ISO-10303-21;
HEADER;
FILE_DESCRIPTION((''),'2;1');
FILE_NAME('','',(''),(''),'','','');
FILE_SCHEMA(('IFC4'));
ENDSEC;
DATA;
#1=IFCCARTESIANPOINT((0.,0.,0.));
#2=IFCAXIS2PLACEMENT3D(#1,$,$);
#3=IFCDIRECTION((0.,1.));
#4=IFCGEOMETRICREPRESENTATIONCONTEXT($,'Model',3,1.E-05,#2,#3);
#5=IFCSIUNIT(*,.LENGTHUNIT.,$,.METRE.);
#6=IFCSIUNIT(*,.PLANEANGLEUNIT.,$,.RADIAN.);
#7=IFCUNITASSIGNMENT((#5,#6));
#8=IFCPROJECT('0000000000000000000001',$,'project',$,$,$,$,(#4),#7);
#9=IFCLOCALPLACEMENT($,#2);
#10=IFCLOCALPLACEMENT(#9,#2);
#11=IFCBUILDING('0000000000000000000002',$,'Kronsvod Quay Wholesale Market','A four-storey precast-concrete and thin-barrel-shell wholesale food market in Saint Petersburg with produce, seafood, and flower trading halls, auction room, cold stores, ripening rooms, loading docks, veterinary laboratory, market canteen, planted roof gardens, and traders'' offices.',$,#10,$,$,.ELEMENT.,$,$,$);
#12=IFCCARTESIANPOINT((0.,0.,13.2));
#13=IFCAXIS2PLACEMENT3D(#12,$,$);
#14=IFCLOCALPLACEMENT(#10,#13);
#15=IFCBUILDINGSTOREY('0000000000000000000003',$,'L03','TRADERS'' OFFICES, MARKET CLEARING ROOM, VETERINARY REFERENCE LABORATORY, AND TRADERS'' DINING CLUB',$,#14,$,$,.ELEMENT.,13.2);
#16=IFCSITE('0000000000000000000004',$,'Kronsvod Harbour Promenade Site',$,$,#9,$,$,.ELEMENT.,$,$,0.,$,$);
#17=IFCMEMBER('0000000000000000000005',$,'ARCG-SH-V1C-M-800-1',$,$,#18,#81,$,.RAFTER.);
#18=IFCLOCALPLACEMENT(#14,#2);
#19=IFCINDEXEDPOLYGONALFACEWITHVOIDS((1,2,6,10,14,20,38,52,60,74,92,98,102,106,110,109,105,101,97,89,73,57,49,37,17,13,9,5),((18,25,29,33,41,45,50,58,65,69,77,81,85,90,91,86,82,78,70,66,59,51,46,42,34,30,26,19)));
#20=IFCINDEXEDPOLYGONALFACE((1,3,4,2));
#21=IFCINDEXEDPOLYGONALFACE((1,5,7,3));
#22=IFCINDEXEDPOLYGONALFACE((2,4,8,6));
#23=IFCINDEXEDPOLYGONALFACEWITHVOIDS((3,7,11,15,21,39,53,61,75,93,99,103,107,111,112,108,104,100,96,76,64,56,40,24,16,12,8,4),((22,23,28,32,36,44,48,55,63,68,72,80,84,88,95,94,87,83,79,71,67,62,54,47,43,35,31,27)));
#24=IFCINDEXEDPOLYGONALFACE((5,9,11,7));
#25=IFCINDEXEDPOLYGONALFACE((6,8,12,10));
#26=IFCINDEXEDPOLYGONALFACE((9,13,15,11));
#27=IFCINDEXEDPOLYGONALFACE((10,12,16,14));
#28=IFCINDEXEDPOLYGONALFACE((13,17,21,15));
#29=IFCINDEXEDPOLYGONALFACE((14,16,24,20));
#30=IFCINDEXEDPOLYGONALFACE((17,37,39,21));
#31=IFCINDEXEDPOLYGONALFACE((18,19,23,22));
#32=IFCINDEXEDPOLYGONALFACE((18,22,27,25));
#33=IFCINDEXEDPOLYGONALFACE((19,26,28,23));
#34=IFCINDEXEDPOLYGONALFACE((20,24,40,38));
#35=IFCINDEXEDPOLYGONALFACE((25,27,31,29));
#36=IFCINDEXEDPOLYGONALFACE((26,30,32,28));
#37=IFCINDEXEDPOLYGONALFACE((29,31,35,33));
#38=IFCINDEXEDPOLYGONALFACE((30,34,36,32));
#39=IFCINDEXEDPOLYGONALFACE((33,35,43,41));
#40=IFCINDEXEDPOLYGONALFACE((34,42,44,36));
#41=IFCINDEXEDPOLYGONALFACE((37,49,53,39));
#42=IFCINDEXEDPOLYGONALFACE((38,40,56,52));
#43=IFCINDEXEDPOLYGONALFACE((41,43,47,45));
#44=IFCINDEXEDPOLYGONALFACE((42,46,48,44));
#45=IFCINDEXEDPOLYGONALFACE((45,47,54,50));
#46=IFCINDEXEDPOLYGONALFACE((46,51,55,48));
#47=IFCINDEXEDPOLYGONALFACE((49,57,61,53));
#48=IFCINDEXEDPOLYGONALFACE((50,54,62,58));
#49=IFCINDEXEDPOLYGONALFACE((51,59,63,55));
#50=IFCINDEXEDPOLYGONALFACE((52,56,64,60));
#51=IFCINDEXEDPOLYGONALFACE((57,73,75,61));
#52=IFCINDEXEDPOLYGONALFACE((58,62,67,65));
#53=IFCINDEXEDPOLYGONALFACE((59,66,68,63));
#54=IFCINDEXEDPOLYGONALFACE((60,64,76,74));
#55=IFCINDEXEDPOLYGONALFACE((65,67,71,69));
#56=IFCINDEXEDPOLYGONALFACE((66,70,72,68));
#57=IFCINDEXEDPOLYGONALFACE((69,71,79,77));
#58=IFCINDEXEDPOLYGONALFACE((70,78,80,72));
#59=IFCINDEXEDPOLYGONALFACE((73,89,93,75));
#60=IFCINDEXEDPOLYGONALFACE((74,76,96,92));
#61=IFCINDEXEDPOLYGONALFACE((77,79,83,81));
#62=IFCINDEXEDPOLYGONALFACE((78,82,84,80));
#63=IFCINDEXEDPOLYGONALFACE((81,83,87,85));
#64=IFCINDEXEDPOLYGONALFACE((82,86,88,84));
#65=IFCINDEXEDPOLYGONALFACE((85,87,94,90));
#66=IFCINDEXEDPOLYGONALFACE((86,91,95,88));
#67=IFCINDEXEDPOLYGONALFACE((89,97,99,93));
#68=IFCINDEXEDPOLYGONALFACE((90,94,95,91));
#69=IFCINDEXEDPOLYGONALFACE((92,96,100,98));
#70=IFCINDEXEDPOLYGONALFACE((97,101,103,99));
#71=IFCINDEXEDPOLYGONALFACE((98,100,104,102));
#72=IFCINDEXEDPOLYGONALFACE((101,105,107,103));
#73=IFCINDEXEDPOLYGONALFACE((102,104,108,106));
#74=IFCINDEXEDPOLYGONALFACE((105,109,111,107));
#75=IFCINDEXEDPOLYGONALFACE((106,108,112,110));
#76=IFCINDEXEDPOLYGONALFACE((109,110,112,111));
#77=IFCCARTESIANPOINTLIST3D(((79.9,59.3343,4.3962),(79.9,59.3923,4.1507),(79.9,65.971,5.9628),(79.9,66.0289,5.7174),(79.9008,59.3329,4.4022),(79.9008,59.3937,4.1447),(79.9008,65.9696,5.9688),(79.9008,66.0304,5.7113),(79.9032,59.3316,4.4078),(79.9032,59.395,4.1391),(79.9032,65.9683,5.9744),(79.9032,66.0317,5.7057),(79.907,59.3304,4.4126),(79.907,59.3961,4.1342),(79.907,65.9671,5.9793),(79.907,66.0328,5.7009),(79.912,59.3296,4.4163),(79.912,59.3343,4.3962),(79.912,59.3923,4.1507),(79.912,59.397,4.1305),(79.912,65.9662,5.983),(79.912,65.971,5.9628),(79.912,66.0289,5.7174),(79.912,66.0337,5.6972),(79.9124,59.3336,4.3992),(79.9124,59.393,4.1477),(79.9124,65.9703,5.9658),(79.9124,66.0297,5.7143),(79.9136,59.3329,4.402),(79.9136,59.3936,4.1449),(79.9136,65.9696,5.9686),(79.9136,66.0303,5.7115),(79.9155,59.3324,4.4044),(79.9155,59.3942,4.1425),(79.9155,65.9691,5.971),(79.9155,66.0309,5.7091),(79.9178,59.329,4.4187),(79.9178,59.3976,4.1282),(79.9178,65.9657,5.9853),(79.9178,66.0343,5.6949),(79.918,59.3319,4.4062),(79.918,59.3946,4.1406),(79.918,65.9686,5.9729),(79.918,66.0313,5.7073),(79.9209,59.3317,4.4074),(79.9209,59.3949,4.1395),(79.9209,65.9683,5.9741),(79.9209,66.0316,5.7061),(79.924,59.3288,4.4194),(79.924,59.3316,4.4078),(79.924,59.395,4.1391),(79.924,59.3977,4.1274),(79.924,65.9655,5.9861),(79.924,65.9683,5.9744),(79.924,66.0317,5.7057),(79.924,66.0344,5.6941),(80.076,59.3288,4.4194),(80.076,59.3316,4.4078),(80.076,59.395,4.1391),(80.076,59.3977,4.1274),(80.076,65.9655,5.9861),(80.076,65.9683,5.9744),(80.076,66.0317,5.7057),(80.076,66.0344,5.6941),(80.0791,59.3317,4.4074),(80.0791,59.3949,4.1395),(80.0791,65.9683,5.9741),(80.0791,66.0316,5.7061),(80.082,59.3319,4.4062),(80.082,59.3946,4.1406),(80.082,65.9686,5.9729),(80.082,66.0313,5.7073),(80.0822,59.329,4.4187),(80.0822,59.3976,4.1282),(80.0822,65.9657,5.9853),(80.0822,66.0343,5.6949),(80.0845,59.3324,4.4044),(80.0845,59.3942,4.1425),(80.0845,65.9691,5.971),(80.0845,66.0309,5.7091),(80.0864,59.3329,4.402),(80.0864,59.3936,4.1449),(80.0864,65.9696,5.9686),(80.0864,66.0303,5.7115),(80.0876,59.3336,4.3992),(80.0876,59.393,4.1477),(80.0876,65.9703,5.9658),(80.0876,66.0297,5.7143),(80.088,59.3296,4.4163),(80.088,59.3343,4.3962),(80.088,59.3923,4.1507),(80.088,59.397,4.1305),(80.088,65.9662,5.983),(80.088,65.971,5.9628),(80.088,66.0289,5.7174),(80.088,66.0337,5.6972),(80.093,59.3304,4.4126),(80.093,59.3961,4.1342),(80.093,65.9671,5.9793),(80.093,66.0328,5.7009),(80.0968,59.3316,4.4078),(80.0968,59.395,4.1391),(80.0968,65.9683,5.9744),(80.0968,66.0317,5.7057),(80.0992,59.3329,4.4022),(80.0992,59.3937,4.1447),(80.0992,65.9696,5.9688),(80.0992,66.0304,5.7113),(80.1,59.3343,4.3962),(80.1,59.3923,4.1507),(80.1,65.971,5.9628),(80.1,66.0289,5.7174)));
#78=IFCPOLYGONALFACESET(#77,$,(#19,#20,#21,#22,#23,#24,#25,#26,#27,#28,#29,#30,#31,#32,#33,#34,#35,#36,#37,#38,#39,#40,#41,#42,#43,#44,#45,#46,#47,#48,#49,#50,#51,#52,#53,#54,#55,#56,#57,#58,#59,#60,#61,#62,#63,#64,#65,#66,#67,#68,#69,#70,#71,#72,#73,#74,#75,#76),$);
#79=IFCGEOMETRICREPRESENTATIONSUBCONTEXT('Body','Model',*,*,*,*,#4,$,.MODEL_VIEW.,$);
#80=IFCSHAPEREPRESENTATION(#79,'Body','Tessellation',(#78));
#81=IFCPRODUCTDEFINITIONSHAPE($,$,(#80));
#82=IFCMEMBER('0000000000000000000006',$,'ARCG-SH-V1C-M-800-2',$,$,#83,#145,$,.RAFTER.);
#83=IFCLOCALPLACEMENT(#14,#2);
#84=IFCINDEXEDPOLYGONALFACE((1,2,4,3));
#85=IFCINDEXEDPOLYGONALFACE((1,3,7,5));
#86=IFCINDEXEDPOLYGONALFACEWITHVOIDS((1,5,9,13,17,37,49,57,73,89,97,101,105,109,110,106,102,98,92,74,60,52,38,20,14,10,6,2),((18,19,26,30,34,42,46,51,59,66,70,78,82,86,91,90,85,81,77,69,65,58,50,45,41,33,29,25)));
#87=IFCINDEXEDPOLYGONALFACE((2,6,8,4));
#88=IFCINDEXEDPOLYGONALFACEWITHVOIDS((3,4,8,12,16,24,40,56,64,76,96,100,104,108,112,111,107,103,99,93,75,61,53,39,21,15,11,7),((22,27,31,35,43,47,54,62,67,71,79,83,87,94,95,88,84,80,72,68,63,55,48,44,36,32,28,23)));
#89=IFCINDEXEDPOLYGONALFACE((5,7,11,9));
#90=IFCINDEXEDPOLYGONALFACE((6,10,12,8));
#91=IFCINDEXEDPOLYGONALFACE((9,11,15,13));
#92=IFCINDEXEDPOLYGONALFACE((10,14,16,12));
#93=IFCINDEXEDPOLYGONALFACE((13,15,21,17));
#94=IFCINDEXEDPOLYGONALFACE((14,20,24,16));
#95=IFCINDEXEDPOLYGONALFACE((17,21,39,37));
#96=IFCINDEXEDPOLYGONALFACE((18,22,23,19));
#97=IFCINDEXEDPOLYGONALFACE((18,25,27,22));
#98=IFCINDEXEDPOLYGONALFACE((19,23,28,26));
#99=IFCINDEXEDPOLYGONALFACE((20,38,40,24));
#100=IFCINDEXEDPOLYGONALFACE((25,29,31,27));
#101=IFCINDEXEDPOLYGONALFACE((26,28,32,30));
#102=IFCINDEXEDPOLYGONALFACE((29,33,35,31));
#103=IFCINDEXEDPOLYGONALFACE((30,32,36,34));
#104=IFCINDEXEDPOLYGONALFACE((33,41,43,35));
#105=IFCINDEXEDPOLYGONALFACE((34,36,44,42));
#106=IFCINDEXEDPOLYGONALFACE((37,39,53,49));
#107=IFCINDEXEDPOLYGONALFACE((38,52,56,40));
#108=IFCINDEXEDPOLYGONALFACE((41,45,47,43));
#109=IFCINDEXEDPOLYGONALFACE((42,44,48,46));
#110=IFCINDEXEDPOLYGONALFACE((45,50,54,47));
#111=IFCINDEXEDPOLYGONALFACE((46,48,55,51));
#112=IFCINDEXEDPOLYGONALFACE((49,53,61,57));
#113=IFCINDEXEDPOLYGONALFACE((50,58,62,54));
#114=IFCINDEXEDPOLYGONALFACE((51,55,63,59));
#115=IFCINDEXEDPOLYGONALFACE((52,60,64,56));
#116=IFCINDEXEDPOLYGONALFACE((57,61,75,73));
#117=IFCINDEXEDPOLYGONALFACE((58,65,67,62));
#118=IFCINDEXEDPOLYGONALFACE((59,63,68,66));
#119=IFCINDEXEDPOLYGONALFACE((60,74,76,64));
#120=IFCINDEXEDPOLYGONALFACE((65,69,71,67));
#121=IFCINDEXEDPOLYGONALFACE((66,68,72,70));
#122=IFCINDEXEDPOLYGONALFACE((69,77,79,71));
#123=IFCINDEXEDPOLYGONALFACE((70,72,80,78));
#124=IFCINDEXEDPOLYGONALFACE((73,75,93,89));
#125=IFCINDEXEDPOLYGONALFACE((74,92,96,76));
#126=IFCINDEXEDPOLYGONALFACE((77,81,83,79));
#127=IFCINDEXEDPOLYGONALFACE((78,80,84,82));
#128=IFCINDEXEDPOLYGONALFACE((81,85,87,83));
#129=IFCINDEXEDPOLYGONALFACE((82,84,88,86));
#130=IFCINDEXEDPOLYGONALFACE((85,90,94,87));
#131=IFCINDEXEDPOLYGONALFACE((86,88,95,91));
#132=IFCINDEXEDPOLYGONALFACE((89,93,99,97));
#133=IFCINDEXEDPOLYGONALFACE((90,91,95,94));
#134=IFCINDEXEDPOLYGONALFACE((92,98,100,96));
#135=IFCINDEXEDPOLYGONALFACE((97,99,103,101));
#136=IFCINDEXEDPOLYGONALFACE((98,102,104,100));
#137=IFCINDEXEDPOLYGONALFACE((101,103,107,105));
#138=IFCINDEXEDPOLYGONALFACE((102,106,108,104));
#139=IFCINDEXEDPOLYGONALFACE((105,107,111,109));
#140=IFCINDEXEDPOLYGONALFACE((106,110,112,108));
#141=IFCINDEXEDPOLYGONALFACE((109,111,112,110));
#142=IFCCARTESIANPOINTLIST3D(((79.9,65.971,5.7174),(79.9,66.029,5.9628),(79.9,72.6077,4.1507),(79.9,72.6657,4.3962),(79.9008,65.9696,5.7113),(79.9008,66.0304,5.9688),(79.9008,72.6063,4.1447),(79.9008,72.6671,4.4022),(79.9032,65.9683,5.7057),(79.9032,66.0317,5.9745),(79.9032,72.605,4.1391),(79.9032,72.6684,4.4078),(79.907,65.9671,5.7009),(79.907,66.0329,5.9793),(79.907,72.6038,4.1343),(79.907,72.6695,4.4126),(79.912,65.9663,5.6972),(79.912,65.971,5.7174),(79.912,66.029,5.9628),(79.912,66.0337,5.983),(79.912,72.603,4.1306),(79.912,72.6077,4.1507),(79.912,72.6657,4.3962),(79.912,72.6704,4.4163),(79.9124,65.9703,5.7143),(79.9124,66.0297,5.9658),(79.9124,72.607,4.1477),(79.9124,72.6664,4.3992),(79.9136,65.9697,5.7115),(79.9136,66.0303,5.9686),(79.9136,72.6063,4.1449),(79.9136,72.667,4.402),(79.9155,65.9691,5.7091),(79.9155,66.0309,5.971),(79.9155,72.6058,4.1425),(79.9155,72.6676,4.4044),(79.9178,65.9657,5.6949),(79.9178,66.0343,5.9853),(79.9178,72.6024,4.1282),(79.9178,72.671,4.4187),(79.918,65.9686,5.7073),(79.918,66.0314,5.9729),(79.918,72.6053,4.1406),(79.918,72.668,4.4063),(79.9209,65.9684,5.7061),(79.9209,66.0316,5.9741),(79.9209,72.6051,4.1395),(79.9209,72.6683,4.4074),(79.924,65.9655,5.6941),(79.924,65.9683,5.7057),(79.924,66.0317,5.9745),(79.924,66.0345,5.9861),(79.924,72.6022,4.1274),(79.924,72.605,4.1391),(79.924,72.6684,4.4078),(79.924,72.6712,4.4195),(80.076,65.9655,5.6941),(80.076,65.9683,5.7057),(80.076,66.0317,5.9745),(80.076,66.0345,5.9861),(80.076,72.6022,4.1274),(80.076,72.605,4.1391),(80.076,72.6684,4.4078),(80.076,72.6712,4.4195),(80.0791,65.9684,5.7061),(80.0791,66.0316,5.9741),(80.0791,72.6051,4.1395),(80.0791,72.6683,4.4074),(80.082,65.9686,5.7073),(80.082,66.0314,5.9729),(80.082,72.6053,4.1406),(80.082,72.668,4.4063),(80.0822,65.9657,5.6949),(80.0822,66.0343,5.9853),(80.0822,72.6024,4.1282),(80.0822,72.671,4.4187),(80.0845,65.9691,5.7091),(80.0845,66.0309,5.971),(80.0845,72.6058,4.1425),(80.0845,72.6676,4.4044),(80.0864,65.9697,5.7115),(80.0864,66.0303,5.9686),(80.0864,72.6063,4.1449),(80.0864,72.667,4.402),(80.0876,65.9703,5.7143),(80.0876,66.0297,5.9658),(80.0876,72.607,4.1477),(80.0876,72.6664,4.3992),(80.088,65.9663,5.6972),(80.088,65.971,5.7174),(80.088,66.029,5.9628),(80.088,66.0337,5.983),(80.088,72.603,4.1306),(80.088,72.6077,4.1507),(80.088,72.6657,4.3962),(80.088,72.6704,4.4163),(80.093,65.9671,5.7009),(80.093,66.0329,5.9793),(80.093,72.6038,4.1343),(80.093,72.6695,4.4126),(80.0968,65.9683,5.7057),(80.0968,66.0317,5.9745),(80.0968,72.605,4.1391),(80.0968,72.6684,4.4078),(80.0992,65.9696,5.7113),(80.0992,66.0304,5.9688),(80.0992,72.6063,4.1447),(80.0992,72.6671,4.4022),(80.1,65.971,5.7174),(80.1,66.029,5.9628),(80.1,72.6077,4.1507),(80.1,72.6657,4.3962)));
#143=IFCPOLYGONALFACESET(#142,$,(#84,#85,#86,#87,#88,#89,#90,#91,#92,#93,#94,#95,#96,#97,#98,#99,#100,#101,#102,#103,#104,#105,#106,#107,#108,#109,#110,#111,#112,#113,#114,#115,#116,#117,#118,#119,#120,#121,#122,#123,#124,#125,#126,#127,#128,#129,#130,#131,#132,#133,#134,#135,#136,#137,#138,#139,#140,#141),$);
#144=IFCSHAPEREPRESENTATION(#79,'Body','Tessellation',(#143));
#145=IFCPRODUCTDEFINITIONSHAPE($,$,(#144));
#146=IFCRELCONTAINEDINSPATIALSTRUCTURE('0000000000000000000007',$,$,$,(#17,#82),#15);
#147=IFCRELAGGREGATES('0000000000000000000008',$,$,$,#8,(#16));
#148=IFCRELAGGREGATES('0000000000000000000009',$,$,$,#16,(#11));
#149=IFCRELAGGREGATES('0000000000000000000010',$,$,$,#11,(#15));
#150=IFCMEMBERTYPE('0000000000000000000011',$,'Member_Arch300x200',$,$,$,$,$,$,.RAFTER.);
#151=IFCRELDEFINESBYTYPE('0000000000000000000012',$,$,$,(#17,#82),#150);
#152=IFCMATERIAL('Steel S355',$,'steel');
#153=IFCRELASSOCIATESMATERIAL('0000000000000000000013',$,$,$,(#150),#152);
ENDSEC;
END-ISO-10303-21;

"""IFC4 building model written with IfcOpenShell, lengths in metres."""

from ifc_helpers import new_model, si_unit, direction, frame, origin, origin_2d, place, context, subcontext, project, spatial, hollow_rectangle, extrude, material, material_profile, profile_set, type_object, element, save


model = new_model("IFC4")

# Units and contexts
model_context = context("Model", 3, precision=1e-05, world=origin(), true_north=direction((0.0, 1.0)))
body_context = subcontext(model_context, "Body", "Model", "MODEL_VIEW")
ifc_project = project(units=[si_unit("LENGTHUNIT", "METRE"), si_unit("PLANEANGLEUNIT", "RADIAN")], contexts=[model_context])

# Site, building, storey
site_placement = place(None, origin())
site = spatial("IfcSite", under=ifc_project, at=site_placement, Name="Kronsvod Harbour Promenade Site", CompositionType="ELEMENT", RefElevation=0.0)
building_placement = place(site_placement, origin())
building = spatial("IfcBuilding", under=site, at=building_placement, Name="Kronsvod Quay Wholesale Market", Description="A four-storey precast-concrete and thin-barrel-shell wholesale food market in Saint Petersburg with produce, seafood, and flower trading halls, auction room, cold stores, ripening rooms, loading docks, veterinary laboratory, market canteen, planted roof gardens, and traders' offices.", CompositionType="ELEMENT")
storey_placement = place(building_placement, frame((0.0, 0.0, 13.2)))
storey = spatial("IfcBuildingStorey", under=building, at=storey_placement, Name="L03", Description="TRADERS' OFFICES, MARKET CLEARING ROOM, VETERINARY REFERENCE LABORATORY, AND TRADERS' DINING CLUB", CompositionType="ELEMENT", Elevation=13.2)

# Members
ifc_material_1 = material(Name="Steel S355", Category="steel")
ifc_material_profile_1 = material_profile(ifc_material_1, hollow_rectangle(XDim=0.2, YDim=0.3, WallThickness=0.012, InnerFilletRadius=0.012, OuterFilletRadius=0.0239, at=origin_2d()), Name="RHS300x200x12")
ifc_profile_set_1 = profile_set([ifc_material_profile_1], Name="Steel S355")
member_type_1 = type_object("IfcMemberType", Name="Member_Arch300x200", PredefinedType="RAFTER", material=ifc_profile_set_1)
for number, where, z_axis, x_axis, name in (
    (1, (80.0, 59.3633, 4.2734), (0.0, 0.973251, 0.229744), (-1.0, 0.0, 0.0), "ARCG-SH-V1C-M-800-1"),
    (2, (80.0, 66.0, 5.8401), (0.0, 0.973251, -0.229744), (-1.0, 0.0, 0.0), "ARCG-SH-V1C-M-800-2"),
):
    element("IfcMember", number, at=place(storey_placement, frame(where, z_axis=z_axis, x_axis=x_axis)), inside=storey, type_object=member_type_1, Name=name, PredefinedType="RAFTER", context=body_context, shape_type="SweptSolid", body=[
        extrude(hollow_rectangle(XDim=0.2, YDim=0.3, WallThickness=0.012, InnerFilletRadius=0.012, OuterFilletRadius=0.0239, at=origin_2d()), origin(), (0.0, 0.0, 1.0), 6.8191),
    ])

save(model, "model.ifc")
